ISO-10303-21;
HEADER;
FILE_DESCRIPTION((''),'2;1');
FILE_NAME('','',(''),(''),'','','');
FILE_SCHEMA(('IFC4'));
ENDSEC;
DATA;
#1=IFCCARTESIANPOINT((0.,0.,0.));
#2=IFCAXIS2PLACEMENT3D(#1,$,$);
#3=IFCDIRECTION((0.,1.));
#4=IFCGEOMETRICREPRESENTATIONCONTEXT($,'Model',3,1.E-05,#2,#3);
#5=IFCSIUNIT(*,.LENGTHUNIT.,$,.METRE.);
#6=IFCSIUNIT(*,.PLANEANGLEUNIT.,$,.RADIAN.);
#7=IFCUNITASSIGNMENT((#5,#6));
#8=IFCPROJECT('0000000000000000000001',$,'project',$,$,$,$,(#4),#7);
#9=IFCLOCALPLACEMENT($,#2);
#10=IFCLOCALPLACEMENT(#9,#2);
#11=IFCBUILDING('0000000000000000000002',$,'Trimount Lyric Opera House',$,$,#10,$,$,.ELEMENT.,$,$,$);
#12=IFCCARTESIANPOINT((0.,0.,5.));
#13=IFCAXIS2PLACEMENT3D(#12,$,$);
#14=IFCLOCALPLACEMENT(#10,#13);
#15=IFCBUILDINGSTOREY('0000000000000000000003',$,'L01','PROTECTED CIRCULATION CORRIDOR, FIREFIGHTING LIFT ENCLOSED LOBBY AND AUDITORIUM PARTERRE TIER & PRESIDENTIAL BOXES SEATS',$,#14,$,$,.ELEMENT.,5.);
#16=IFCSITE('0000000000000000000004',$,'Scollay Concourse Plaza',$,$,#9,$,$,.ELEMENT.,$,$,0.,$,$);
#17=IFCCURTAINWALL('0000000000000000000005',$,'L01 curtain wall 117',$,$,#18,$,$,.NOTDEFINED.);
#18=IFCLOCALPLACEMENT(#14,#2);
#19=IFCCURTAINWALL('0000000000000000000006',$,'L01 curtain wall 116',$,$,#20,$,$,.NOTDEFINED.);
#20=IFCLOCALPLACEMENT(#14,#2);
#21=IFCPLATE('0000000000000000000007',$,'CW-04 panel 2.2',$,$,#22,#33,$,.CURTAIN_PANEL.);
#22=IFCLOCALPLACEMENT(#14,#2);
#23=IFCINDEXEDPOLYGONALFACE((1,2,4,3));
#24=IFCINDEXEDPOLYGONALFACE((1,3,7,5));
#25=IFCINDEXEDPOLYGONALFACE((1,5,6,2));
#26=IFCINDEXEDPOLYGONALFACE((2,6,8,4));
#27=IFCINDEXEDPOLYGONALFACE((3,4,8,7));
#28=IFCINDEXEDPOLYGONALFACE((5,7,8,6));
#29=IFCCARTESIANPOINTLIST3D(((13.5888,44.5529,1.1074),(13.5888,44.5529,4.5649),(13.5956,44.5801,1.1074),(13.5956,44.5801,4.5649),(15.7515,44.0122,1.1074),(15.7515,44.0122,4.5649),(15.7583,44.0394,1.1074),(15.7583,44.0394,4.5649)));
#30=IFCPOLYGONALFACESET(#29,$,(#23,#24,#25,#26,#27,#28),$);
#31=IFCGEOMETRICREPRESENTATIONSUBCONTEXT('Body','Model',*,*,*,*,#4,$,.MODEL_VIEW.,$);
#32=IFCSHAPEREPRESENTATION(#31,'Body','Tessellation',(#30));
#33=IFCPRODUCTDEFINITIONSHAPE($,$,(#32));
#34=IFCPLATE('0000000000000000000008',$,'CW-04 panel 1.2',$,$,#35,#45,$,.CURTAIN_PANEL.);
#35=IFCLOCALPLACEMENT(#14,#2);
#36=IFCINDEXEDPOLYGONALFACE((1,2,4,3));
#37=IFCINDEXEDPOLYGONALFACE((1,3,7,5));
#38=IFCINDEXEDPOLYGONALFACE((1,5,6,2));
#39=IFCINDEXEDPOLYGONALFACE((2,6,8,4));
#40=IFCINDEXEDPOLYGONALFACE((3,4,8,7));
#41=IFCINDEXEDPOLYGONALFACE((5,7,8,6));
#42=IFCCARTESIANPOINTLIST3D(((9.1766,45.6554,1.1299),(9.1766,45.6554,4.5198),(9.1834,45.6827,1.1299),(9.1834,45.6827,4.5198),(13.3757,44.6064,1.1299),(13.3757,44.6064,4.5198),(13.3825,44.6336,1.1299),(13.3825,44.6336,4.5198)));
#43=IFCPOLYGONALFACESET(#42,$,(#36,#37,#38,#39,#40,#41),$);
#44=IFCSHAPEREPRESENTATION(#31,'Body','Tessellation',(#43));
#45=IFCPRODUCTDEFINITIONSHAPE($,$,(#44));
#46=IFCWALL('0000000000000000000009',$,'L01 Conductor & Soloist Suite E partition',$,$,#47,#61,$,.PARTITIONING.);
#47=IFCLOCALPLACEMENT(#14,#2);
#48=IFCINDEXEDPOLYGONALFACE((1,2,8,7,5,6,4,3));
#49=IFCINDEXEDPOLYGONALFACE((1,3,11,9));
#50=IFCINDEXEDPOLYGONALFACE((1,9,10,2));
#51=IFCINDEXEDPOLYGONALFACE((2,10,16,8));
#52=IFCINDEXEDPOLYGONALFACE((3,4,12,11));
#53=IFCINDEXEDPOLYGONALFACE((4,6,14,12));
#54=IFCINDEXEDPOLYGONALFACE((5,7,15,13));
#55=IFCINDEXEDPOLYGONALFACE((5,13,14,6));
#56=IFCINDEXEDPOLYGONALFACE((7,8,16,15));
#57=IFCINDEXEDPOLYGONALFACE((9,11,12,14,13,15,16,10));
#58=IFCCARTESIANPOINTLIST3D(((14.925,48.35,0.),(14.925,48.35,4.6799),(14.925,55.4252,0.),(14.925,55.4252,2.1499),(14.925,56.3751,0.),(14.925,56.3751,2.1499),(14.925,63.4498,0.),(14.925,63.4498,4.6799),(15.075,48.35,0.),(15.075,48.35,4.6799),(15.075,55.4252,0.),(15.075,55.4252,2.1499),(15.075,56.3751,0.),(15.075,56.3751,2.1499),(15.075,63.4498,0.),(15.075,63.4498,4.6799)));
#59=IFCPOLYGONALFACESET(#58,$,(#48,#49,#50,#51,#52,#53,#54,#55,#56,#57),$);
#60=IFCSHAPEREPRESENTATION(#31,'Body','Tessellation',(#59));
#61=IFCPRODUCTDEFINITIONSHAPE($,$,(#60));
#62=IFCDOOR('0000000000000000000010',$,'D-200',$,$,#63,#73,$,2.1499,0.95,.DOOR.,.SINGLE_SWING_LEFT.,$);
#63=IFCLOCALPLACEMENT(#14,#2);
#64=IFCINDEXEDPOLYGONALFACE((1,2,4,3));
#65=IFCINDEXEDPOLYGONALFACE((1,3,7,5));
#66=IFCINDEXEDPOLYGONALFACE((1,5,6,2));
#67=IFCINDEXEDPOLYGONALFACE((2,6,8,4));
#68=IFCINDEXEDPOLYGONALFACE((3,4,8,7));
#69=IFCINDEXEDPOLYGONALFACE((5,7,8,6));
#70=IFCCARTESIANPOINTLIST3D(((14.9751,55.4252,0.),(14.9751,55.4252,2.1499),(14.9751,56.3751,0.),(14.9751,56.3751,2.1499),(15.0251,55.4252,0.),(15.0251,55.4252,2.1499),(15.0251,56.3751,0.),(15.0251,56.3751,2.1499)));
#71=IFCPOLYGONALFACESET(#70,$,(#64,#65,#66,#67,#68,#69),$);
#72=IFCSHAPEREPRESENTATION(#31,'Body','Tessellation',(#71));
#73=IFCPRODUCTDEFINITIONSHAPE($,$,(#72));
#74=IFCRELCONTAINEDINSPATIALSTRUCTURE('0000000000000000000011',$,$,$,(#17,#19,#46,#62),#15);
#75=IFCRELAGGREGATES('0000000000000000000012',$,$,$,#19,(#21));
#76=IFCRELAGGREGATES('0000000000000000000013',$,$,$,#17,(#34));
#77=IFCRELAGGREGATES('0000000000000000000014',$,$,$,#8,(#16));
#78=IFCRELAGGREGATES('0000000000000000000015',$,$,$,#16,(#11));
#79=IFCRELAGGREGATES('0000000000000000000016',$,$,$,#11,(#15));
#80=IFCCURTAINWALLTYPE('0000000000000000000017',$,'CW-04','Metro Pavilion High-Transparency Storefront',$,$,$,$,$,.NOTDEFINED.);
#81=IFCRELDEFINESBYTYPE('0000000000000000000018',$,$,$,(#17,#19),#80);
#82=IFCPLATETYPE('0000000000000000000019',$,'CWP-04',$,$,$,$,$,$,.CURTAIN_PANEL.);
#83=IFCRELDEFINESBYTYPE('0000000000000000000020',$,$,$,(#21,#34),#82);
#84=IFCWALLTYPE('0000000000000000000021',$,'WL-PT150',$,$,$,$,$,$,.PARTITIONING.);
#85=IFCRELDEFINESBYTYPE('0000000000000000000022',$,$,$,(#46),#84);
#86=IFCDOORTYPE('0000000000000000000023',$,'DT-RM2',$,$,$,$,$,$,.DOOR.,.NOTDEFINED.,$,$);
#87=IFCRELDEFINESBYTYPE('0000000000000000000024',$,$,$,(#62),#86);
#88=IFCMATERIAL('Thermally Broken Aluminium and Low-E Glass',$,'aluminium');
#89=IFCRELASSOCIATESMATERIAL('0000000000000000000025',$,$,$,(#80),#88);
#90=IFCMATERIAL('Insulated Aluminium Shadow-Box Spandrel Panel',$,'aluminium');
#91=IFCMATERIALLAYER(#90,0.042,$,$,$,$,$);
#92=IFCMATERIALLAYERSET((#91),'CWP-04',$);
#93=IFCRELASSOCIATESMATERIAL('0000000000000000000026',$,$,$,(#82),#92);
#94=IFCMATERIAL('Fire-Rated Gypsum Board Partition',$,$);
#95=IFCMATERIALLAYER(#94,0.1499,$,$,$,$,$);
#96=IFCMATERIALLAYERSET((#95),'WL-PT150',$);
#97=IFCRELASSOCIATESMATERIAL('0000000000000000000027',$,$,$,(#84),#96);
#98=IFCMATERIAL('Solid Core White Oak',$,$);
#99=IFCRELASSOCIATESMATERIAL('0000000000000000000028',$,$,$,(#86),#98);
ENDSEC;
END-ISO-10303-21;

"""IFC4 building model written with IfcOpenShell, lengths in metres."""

from ifc_helpers import new_model, si_unit, direction, frame, frame_2d, origin, origin_2d, place, context, subcontext, project, spatial, rectangle, extrude, material, layer, layer_set, type_object, element, fill, aggregate, save


model = new_model("IFC4")

# Units and contexts
model_context = context("Model", 3, precision=1e-05, world=origin(), true_north=direction((0.0, 1.0)))
body_context = subcontext(model_context, "Body", "Model", "MODEL_VIEW")
ifc_project = project(units=[si_unit("LENGTHUNIT", "METRE"), si_unit("PLANEANGLEUNIT", "RADIAN")], contexts=[model_context])

# Site, building, storey
site_placement = place(None, origin())
site = spatial("IfcSite", under=ifc_project, at=site_placement, Name="Scollay Concourse Plaza", CompositionType="ELEMENT", RefElevation=0.0)
building_placement = place(site_placement, origin())
building = spatial("IfcBuilding", under=site, at=building_placement, Name="Trimount Lyric Opera House", CompositionType="ELEMENT")
storey_placement = place(building_placement, frame((0.0, 0.0, 5.0)))
storey = spatial("IfcBuildingStorey", under=building, at=storey_placement, Name="L01", Description="PROTECTED CIRCULATION CORRIDOR, FIREFIGHTING LIFT ENCLOSED LOBBY AND AUDITORIUM PARTERRE TIER & PRESIDENTIAL BOXES SEATS", CompositionType="ELEMENT", Elevation=5.0)

# Curtain wall
ifc_material_1 = material(Name="Thermally Broken Aluminium and Low-E Glass", Category="aluminium")
curtain_wall_type = type_object("IfcCurtainWallType", Name="CW-04", Description="Metro Pavilion High-Transparency Storefront", PredefinedType="NOTDEFINED", material=ifc_material_1)
curtain_wall_1_placement = place(storey_placement, origin())
curtain_wall_1 = element("IfcCurtainWall", 1, at=curtain_wall_1_placement, inside=storey, type_object=curtain_wall_type, Name="L01 curtain wall 117", PredefinedType="NOTDEFINED")

# Curtain wall
curtain_wall_2_placement = place(storey_placement, origin())
curtain_wall_2 = element("IfcCurtainWall", 2, at=curtain_wall_2_placement, inside=storey, type_object=curtain_wall_type, Name="L01 curtain wall 116", PredefinedType="NOTDEFINED")

# Plates
ifc_material_2 = material(Name="Insulated Aluminium Shadow-Box Spandrel Panel", Category="aluminium")
ifc_layer_1 = layer(ifc_material_2, 0.042)
ifc_layer_set_1 = layer_set([ifc_layer_1], Name="CWP-04")
plate_type_1 = type_object("IfcPlateType", Name="CWP-04", PredefinedType="CURTAIN_PANEL", material=ifc_layer_set_1)
plate_1_placement = place(storey_placement, frame((14.6736, 44.2961, 1.1074), z_axis=(0.0, 0.0, 1.0), x_axis=(-0.970143, 0.242536, 0.0)))
plate_1 = element("IfcPlate", 3, at=plate_1_placement, type_object=plate_type_1, Name="CW-04 panel 2.2", PredefinedType="CURTAIN_PANEL", context=body_context, shape_type="SweptSolid", body=[
    extrude(rectangle(XDim=2.2292, YDim=0.0281, at=origin_2d()), origin(), (0.0, 0.0, 1.0), 3.4575),
])
aggregate(curtain_wall_2, [plate_1])
plate_2_placement = place(storey_placement, frame((11.2795, 45.1445, 1.1299), z_axis=(0.0, 0.0, 1.0), x_axis=(-0.970182, 0.242378, 0.0)))
plate_2 = element("IfcPlate", 4, at=plate_2_placement, type_object=plate_type_1, Name="CW-04 panel 1.2", PredefinedType="CURTAIN_PANEL", context=body_context, shape_type="SweptSolid", body=[
    extrude(rectangle(XDim=4.3281, YDim=0.0281, at=origin_2d()), origin(), (0.0, 0.0, 1.0), 3.3899),
])
aggregate(curtain_wall_1, [plate_2])

# Wall, opening, door
ifc_material_3 = material(Name="Fire-Rated Gypsum Board Partition")
ifc_layer_2 = layer(ifc_material_3, 0.1499)
ifc_layer_set_2 = layer_set([ifc_layer_2], Name="WL-PT150")
wall_type = type_object("IfcWallType", Name="WL-PT150", PredefinedType="PARTITIONING", material=ifc_layer_set_2)
wall_placement = place(storey_placement, frame((15.0, 48.3501, 0.0), z_axis=(0.0, 0.0, 1.0), x_axis=(0.0, 1.0, 0.0)))
wall = element("IfcWall", 5, at=wall_placement, inside=storey, type_object=wall_type, Name="L01 Conductor & Soloist Suite E partition", PredefinedType="PARTITIONING", context=body_context, shape_type="SweptSolid", body=[
    extrude(rectangle(XDim=15.0999, YDim=0.1499, at=frame_2d((7.5498, 0.0))), origin(), (0.0, 0.0, 1.0), 4.6799),
])
opening_placement = place(wall_placement, frame((7.075, 0.0, 0.0)))
opening = element("IfcOpeningElement", 6, at=opening_placement, cuts=wall, PredefinedType="OPENING", context=body_context, shape_type="SweptSolid", body=[
    extrude(rectangle(XDim=0.95, YDim=2.1499, at=frame_2d((0.4751, 1.075))), frame((0.0, 0.085, 0.0), z_axis=(0.0, -1.0, 0.0), x_axis=(1.0, 0.0, 0.0)), (0.0, 0.0, 1.0), 0.1699),
])
ifc_material_4 = material(Name="Solid Core White Oak")
door_type = type_object("IfcDoorType", Name="DT-RM2", OperationType="NOTDEFINED", PredefinedType="DOOR", material=ifc_material_4)
door_placement = place(opening_placement, origin())
door = element("IfcDoor", 7, at=door_placement, inside=storey, type_object=door_type, Name="D-200", OperationType="SINGLE_SWING_LEFT", OverallHeight=2.1499, OverallWidth=0.95, PredefinedType="DOOR", context=body_context, shape_type="SweptSolid", body=[
    extrude(rectangle(XDim=0.95, YDim=2.1499, at=frame_2d((0.4751, 1.075))), frame((0.0, 0.0249, 0.0), z_axis=(0.0, -1.0, 0.0), x_axis=(1.0, 0.0, 0.0)), (0.0, 0.0, 1.0), 0.05),
])
fill(opening, door)

save(model, "model.ifc")
